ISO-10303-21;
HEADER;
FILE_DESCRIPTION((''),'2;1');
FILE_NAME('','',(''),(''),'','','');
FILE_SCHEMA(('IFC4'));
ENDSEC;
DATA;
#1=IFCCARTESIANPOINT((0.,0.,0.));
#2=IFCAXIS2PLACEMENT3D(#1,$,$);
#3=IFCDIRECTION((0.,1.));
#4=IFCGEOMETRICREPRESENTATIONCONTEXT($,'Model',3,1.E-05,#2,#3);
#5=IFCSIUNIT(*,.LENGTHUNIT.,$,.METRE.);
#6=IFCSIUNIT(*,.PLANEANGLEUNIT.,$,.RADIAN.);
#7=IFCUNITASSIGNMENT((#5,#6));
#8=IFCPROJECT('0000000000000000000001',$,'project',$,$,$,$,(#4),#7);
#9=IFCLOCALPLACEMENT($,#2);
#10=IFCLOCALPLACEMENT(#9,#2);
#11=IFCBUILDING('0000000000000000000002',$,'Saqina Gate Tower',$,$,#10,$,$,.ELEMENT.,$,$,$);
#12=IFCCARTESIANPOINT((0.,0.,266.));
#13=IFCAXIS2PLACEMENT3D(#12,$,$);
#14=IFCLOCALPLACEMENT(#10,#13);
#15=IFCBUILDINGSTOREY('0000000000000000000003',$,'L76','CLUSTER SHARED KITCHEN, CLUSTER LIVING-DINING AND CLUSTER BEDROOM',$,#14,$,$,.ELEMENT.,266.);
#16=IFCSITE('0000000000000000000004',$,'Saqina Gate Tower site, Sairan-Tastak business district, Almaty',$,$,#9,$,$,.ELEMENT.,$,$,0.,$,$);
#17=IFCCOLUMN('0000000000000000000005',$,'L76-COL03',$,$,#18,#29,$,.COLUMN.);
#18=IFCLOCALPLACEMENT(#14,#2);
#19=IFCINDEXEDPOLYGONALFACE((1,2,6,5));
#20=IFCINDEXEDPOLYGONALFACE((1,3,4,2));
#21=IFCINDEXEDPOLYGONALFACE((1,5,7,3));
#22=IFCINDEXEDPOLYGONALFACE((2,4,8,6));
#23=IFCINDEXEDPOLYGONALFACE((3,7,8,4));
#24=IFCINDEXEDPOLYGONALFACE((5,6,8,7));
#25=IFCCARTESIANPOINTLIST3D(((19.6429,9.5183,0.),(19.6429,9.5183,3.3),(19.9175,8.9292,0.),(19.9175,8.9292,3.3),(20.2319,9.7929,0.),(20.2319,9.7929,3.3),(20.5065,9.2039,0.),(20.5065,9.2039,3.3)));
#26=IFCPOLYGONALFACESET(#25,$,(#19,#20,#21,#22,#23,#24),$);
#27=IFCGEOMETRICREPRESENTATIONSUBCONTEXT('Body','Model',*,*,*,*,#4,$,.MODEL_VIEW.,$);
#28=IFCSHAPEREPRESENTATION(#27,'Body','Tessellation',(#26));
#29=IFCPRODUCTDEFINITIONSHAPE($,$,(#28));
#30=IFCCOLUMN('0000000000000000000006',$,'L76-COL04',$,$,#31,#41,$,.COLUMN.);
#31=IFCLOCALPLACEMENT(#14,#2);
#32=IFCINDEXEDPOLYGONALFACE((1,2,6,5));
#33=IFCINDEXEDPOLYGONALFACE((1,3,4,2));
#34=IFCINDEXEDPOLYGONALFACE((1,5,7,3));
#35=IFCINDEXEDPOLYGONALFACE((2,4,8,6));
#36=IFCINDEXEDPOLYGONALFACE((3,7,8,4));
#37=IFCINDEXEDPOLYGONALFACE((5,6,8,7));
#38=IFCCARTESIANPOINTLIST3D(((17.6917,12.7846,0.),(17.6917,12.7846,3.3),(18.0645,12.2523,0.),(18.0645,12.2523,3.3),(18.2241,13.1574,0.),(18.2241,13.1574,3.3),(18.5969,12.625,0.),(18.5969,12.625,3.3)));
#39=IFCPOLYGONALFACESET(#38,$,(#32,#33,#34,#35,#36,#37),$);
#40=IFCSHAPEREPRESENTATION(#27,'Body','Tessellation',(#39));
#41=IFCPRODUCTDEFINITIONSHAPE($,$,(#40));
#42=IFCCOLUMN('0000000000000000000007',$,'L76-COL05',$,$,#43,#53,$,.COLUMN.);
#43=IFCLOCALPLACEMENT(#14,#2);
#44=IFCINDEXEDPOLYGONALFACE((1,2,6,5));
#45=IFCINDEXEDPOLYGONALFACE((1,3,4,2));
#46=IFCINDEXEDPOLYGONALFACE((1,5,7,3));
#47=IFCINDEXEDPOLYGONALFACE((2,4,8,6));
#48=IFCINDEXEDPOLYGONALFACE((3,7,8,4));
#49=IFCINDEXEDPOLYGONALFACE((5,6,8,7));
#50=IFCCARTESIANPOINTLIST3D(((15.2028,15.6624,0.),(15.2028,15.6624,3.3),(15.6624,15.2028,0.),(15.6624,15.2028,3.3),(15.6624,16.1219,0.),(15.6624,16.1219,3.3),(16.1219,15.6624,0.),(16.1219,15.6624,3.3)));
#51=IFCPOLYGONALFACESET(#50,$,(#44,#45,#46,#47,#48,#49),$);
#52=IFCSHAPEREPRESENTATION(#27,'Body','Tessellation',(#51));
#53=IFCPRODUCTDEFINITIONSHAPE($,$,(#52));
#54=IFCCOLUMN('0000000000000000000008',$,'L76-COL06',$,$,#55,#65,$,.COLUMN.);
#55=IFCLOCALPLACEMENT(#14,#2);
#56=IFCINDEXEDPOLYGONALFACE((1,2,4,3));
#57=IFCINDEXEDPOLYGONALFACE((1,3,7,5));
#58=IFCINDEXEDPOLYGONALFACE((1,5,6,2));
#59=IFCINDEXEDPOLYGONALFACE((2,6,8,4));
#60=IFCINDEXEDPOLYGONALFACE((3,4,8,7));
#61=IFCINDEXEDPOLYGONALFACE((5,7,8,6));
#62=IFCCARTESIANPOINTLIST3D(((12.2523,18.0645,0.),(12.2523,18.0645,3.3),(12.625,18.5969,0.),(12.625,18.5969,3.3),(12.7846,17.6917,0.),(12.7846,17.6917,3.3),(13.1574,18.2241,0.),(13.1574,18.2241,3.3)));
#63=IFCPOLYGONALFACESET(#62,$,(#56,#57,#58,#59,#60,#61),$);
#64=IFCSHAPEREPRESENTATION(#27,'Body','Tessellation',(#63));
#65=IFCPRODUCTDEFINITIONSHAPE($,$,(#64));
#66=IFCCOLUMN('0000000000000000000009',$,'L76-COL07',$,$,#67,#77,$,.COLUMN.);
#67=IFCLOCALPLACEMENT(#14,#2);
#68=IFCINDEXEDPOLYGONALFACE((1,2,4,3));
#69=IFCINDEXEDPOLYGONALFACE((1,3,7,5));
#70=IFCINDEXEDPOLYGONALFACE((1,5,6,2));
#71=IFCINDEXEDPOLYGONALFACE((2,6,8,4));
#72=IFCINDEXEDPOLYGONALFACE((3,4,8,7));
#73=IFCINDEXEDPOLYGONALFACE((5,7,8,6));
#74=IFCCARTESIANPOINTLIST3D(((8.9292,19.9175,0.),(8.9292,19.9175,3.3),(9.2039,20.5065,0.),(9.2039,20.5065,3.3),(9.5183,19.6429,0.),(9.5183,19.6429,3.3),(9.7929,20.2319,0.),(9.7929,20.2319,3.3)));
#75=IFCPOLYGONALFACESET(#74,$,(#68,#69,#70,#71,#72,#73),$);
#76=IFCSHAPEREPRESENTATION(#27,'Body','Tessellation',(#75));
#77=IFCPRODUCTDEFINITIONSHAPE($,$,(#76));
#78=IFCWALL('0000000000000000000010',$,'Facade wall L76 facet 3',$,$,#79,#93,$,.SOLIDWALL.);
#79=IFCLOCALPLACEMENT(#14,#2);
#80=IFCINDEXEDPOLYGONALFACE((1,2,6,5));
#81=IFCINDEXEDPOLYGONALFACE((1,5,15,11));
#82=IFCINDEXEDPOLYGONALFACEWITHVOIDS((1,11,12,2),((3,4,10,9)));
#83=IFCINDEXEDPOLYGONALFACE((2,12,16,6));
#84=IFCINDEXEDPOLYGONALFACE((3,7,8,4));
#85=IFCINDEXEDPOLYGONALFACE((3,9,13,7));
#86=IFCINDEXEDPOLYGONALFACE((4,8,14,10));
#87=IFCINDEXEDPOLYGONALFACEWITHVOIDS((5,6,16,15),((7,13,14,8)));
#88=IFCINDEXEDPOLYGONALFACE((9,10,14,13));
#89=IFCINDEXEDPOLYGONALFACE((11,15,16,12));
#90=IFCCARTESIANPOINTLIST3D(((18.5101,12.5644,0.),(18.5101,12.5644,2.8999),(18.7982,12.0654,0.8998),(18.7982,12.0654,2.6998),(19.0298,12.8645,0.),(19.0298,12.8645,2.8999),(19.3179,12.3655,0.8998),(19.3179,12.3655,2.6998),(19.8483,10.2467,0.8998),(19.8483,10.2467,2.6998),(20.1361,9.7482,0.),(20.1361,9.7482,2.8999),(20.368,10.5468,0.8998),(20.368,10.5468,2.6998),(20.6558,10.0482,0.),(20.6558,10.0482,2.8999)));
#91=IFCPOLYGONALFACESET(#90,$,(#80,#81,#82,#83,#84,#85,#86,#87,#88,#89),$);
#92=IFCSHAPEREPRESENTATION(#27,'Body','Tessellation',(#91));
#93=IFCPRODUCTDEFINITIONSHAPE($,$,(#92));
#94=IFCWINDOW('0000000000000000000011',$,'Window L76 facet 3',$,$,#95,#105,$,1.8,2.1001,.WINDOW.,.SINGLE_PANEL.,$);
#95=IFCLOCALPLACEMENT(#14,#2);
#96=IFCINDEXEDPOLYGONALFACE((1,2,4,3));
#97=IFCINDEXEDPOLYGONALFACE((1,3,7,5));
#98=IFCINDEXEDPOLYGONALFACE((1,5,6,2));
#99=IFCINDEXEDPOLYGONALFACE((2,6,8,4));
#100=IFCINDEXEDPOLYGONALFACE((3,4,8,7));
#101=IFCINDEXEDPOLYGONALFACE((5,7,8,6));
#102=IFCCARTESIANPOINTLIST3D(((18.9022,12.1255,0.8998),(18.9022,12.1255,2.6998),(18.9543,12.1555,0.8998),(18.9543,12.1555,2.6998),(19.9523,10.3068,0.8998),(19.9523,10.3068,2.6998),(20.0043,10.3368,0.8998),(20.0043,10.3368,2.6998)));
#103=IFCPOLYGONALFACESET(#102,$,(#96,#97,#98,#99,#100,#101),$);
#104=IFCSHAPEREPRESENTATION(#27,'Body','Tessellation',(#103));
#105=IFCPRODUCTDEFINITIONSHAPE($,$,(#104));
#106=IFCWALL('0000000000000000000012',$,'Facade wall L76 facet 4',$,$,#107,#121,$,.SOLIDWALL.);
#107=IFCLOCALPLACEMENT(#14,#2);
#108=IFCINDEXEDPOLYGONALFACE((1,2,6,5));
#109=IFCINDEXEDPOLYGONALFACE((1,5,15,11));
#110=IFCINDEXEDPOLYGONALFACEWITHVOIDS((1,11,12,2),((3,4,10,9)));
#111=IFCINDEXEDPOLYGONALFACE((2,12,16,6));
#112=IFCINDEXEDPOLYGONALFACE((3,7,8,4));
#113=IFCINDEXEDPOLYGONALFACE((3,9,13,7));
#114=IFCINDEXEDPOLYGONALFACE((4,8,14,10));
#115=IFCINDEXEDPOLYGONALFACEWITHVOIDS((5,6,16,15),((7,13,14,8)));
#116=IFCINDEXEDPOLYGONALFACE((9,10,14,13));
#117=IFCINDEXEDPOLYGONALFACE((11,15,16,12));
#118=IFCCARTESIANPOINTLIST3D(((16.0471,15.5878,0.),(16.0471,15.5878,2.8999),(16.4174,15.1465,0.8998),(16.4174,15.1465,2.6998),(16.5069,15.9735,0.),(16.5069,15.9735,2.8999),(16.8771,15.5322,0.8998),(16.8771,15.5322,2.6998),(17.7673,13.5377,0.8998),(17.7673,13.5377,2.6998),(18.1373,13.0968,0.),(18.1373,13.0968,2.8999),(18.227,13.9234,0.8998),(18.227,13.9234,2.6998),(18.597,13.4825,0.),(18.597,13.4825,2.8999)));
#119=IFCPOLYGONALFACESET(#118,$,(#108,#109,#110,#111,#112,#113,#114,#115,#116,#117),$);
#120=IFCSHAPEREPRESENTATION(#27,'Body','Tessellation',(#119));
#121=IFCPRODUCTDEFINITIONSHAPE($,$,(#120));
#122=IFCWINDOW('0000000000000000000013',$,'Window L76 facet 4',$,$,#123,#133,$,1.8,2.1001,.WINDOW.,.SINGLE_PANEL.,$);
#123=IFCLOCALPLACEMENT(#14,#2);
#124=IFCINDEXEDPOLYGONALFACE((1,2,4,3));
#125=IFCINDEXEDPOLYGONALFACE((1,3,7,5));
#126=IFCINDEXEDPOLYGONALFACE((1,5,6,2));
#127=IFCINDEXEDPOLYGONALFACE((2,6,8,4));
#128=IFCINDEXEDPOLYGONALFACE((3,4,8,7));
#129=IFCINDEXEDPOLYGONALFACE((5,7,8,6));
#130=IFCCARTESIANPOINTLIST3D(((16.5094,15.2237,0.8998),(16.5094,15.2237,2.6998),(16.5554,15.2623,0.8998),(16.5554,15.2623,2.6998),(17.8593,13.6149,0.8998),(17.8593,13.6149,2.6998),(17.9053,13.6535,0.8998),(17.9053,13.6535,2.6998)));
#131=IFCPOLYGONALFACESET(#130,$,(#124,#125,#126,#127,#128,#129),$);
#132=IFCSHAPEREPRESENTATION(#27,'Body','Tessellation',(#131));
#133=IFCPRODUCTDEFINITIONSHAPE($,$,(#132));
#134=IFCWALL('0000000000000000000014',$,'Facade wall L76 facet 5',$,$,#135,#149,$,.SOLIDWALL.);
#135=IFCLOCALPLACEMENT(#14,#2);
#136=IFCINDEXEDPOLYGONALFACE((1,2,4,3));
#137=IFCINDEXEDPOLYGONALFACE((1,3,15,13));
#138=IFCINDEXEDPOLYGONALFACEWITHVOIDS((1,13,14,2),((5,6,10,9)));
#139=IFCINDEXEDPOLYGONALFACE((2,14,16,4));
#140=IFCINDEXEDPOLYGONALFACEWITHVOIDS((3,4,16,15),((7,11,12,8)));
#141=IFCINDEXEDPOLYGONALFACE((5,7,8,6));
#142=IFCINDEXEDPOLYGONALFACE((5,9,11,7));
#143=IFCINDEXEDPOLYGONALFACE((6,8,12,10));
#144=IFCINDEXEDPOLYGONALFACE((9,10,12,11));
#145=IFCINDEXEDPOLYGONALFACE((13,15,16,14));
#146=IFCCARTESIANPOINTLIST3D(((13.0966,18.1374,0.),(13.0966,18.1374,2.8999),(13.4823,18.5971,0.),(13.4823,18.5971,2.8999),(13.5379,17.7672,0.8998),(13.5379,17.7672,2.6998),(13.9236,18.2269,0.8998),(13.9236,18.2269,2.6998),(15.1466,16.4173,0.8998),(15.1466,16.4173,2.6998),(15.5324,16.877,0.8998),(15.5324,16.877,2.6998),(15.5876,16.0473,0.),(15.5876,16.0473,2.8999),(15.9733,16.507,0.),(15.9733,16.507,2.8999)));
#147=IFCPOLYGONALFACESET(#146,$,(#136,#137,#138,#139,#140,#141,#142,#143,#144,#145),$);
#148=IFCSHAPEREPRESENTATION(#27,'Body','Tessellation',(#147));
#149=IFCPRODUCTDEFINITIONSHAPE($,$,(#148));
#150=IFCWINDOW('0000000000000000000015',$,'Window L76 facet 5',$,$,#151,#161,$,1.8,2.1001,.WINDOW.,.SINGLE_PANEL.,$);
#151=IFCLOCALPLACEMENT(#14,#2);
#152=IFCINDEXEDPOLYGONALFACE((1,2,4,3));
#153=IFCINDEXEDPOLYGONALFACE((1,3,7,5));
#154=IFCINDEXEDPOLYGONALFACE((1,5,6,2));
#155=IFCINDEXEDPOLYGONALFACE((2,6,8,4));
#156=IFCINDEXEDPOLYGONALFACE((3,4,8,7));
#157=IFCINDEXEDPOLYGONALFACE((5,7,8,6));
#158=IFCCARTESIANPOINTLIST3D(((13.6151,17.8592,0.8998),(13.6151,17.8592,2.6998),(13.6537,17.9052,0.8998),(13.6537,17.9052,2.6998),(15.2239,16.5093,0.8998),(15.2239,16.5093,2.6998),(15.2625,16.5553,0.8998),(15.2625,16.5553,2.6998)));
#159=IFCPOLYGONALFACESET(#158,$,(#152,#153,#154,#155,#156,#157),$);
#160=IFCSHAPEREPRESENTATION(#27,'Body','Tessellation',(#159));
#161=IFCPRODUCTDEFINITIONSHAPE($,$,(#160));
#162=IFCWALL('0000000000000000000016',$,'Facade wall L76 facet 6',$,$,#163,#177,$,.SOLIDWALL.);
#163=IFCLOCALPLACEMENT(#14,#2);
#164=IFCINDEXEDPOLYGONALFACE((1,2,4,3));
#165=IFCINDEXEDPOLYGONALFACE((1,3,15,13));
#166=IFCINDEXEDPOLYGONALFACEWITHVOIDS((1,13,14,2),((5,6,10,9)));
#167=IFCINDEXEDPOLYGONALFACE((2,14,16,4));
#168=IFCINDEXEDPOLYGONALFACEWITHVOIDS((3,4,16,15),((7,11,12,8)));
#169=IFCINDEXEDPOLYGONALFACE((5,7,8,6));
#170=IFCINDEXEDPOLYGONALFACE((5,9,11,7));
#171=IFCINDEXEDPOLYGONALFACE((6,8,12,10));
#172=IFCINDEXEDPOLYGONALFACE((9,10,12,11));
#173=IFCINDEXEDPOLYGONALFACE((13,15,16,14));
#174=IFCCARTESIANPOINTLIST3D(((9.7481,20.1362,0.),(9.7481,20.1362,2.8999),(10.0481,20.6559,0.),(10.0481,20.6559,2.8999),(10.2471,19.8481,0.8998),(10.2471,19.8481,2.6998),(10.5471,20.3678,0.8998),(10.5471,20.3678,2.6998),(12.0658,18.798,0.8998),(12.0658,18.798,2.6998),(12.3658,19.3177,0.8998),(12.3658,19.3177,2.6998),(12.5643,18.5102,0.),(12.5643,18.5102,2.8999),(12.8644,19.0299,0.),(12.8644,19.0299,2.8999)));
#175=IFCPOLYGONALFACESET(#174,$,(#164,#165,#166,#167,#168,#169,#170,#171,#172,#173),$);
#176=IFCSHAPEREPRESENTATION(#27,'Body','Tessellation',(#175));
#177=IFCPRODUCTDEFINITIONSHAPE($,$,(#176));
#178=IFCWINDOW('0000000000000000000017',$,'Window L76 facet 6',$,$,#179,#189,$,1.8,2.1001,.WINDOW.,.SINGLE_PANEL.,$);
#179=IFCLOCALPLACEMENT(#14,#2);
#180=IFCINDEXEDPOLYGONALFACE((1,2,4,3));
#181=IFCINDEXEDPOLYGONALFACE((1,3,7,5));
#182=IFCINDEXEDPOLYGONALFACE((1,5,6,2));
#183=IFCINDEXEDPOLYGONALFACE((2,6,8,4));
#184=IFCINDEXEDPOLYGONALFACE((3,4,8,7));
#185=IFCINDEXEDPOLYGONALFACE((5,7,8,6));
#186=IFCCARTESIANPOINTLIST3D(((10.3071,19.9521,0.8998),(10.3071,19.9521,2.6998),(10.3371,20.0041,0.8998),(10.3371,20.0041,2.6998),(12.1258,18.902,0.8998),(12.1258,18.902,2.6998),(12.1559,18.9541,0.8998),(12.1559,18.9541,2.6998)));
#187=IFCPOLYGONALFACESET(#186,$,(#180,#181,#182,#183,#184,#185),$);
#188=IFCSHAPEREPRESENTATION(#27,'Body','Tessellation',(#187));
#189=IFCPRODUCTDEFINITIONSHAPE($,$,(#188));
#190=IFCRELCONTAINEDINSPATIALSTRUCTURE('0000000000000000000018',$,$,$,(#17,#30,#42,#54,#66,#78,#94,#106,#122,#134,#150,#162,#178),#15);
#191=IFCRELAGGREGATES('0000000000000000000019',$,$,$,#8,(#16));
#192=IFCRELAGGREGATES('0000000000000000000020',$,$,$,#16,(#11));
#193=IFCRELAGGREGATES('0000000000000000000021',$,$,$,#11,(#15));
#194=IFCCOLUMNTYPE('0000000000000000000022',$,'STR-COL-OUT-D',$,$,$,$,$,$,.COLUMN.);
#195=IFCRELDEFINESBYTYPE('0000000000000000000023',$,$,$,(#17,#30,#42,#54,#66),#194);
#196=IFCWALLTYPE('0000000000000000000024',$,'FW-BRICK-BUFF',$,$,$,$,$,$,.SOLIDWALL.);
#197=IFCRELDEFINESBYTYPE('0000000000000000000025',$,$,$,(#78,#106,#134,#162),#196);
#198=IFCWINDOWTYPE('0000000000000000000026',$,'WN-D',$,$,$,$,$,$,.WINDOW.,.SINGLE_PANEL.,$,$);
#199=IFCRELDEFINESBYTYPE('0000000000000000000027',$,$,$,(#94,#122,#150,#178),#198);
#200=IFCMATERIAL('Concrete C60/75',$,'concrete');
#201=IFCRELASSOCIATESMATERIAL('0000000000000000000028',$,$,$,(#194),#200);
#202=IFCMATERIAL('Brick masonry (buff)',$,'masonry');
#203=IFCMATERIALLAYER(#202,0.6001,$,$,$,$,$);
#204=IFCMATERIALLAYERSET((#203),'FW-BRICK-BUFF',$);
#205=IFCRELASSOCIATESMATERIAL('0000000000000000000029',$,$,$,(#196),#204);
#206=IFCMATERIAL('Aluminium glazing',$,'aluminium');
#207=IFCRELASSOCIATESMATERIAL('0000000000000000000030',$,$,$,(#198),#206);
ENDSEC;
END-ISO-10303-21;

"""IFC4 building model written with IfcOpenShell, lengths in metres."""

from ifc_helpers import new_model, si_unit, direction, frame, frame_2d, origin, origin_2d, place, context, subcontext, project, spatial, rectangle, extrude, material, layer, layer_set, material_profile, profile_set, type_object, element, fill, save


model = new_model("IFC4")

# Units and contexts
model_context = context("Model", 3, precision=1e-05, world=origin(), true_north=direction((0.0, 1.0)))
body_context = subcontext(model_context, "Body", "Model", "MODEL_VIEW")
ifc_project = project(units=[si_unit("LENGTHUNIT", "METRE"), si_unit("PLANEANGLEUNIT", "RADIAN")], contexts=[model_context])

# Site, building, storey
site_placement = place(None, origin())
site = spatial("IfcSite", under=ifc_project, at=site_placement, Name="Saqina Gate Tower site, Sairan-Tastak business district, Almaty", CompositionType="ELEMENT", RefElevation=0.0)
building_placement = place(site_placement, origin())
building = spatial("IfcBuilding", under=site, at=building_placement, Name="Saqina Gate Tower", CompositionType="ELEMENT")
storey_placement = place(building_placement, frame((0.0, 0.0, 266.0)))
storey = spatial("IfcBuildingStorey", under=building, at=storey_placement, Name="L76", Description="CLUSTER SHARED KITCHEN, CLUSTER LIVING-DINING AND CLUSTER BEDROOM", CompositionType="ELEMENT", Elevation=266.0)

# Columns
ifc_material_1 = material(Name="Concrete C60/75", Category="concrete")
ifc_material_profile = material_profile(ifc_material_1, rectangle(XDim=0.6499, YDim=0.6499, at=origin_2d()), Name="RC 650x650")
ifc_profile_set = profile_set([ifc_material_profile], Name="Concrete C60/75")
column_type = type_object("IfcColumnType", Name="STR-COL-OUT-D", PredefinedType="COLUMN", material=ifc_profile_set)
for number, where, z_axis, x_axis, name in (
    (1, (20.0747, 9.3611, 0.0), (0.0, 0.0, 1.0), (0.906308, 0.422618, 0.0), "L76-COL03"),
    (2, (18.1443, 12.7048, 0.0), (0.0, 0.0, 1.0), (0.819152, 0.573576, 0.0), "L76-COL04"),
    (3, (15.6624, 15.6624, 0.0), (0.0, 0.0, 1.0), (0.707107, 0.707107, 0.0), "L76-COL05"),
    (4, (12.7048, 18.1443, 0.0), (0.0, 0.0, 1.0), (0.573576, 0.819152, 0.0), "L76-COL06"),
    (5, (9.3611, 20.0747, 0.0), (0.0, 0.0, 1.0), (0.422618, 0.906308, 0.0), "L76-COL07"),
):
    element("IfcColumn", number, at=place(storey_placement, frame(where, z_axis=z_axis, x_axis=x_axis)), inside=storey, type_object=column_type, Name=name, PredefinedType="COLUMN", context=body_context, shape_type="SweptSolid", body=[
        extrude(rectangle(XDim=0.6499, YDim=0.6499, at=origin_2d()), origin(), (0.0, 0.0, 1.0), 3.3),
    ])

# Walls, openings, windows
ifc_material_2 = material(Name="Brick masonry (buff)", Category="masonry")
ifc_layer_1 = layer(ifc_material_2, 0.6001)
ifc_layer_set_1 = layer_set([ifc_layer_1], Name="FW-BRICK-BUFF")
wall_type_1 = type_object("IfcWallType", Name="FW-BRICK-BUFF", PredefinedType="SOLIDWALL", material=ifc_layer_set_1)
wall_1_placement = place(storey_placement, frame((20.396, 9.8982, 0.0), z_axis=(0.0, 0.0, 1.0), x_axis=(-0.500015, 0.866017, 0.0)))
wall_1 = element("IfcWall", 6, at=wall_1_placement, inside=storey, type_object=wall_type_1, Name="Facade wall L76 facet 3", PredefinedType="SOLIDWALL", context=body_context, shape_type="SweptSolid", body=[
    extrude(rectangle(XDim=3.252, YDim=0.6001, at=frame_2d((1.626, 0.0))), origin(), (0.0, 0.0, 1.0), 2.8999),
])
opening_1_placement = place(wall_1_placement, frame((0.5757, 0.0, 0.8999)))
opening_1 = element("IfcOpeningElement", 7, at=opening_1_placement, cuts=wall_1, PredefinedType="OPENING", context=body_context, shape_type="SweptSolid", body=[
    extrude(rectangle(XDim=2.1001, YDim=1.8, at=frame_2d((1.05, 0.8999))), frame((0.0, 0.312, 0.0), z_axis=(0.0, -1.0, 0.0), x_axis=(1.0, 0.0, 0.0)), (0.0, 0.0, 1.0), 0.624),
])
ifc_material_3 = material(Name="Aluminium glazing", Category="aluminium")
window_type = type_object("IfcWindowType", Name="WN-D", PartitioningType="SINGLE_PANEL", PredefinedType="WINDOW", material=ifc_material_3)
window_1_placement = place(opening_1_placement, origin())
window_1 = element("IfcWindow", 8, at=window_1_placement, inside=storey, type_object=window_type, Name="Window L76 facet 3", OverallHeight=1.8, OverallWidth=2.1001, PartitioningType="SINGLE_PANEL", PredefinedType="WINDOW", context=body_context, shape_type="SweptSolid", body=[
    extrude(rectangle(XDim=2.1001, YDim=1.8, at=frame_2d((1.05, 0.8999))), frame((0.0, 0.1799, 0.0), z_axis=(0.0, -1.0, 0.0), x_axis=(1.0, 0.0, 0.0)), (0.0, 0.0, 1.0), 0.0601),
])
fill(opening_1, window_1)
wall_2_placement = place(storey_placement, frame((18.3672, 13.2896, 0.0), z_axis=(0.0, 0.0, 1.0), x_axis=(-0.642773, 0.766057, 0.0)))
wall_2 = element("IfcWall", 9, at=wall_2_placement, inside=storey, type_object=wall_type_1, Name="Facade wall L76 facet 4", PredefinedType="SOLIDWALL", context=body_context, shape_type="SweptSolid", body=[
    extrude(rectangle(XDim=3.2517, YDim=0.6001, at=frame_2d((1.626, 0.0))), origin(), (0.0, 0.0, 1.0), 2.8999),
])
opening_2_placement = place(wall_2_placement, frame((0.5757, 0.0, 0.8999)))
opening_2 = element("IfcOpeningElement", 10, at=opening_2_placement, cuts=wall_2, PredefinedType="OPENING", context=body_context, shape_type="SweptSolid", body=[
    extrude(rectangle(XDim=2.1001, YDim=1.8, at=frame_2d((1.05, 0.8999))), frame((0.0, 0.312, 0.0), z_axis=(0.0, -1.0, 0.0), x_axis=(1.0, 0.0, 0.0)), (0.0, 0.0, 1.0), 0.624),
])
window_2_placement = place(opening_2_placement, origin())
window_2 = element("IfcWindow", 11, at=window_2_placement, inside=storey, type_object=window_type, Name="Window L76 facet 4", OverallHeight=1.8, OverallWidth=2.1001, PartitioningType="SINGLE_PANEL", PredefinedType="WINDOW", context=body_context, shape_type="SweptSolid", body=[
    extrude(rectangle(XDim=2.1001, YDim=1.8, at=frame_2d((1.05, 0.8999))), frame((0.0, 0.1799, 0.0), z_axis=(0.0, -1.0, 0.0), x_axis=(1.0, 0.0, 0.0)), (0.0, 0.0, 1.0), 0.0601),
])
fill(opening_2, window_2)
wall_3_placement = place(storey_placement, frame((15.7805, 16.2771, 0.0), z_axis=(0.0, 0.0, 1.0), x_axis=(-0.766057, 0.642773, 0.0)))
wall_3 = element("IfcWall", 12, at=wall_3_placement, inside=storey, type_object=wall_type_1, Name="Facade wall L76 facet 5", PredefinedType="SOLIDWALL", context=body_context, shape_type="SweptSolid", body=[
    extrude(rectangle(XDim=3.2517, YDim=0.6001, at=frame_2d((1.626, 0.0))), origin(), (0.0, 0.0, 1.0), 2.8999),
])
opening_3_placement = place(wall_3_placement, frame((0.5757, 0.0, 0.8999)))
opening_3 = element("IfcOpeningElement", 13, at=opening_3_placement, cuts=wall_3, PredefinedType="OPENING", context=body_context, shape_type="SweptSolid", body=[
    extrude(rectangle(XDim=2.1001, YDim=1.8, at=frame_2d((1.05, 0.8999))), frame((0.0, 0.312, 0.0), z_axis=(0.0, -1.0, 0.0), x_axis=(1.0, 0.0, 0.0)), (0.0, 0.0, 1.0), 0.624),
])
window_3_placement = place(opening_3_placement, origin())
window_3 = element("IfcWindow", 14, at=window_3_placement, inside=storey, type_object=window_type, Name="Window L76 facet 5", OverallHeight=1.8, OverallWidth=2.1001, PartitioningType="SINGLE_PANEL", PredefinedType="WINDOW", context=body_context, shape_type="SweptSolid", body=[
    extrude(rectangle(XDim=2.1001, YDim=1.8, at=frame_2d((1.05, 0.8999))), frame((0.0, 0.1799, 0.0), z_axis=(0.0, -1.0, 0.0), x_axis=(1.0, 0.0, 0.0)), (0.0, 0.0, 1.0), 0.0601),
])
fill(opening_3, window_3)
wall_4_placement = place(storey_placement, frame((12.7144, 18.77, 0.0), z_axis=(0.0, 0.0, 1.0), x_axis=(-0.866017, 0.500015, 0.0)))
wall_4 = element("IfcWall", 15, at=wall_4_placement, inside=storey, type_object=wall_type_1, Name="Facade wall L76 facet 6", PredefinedType="SOLIDWALL", context=body_context, shape_type="SweptSolid", body=[
    extrude(rectangle(XDim=3.252, YDim=0.6001, at=frame_2d((1.626, 0.0))), origin(), (0.0, 0.0, 1.0), 2.8999),
])
opening_4_placement = place(wall_4_placement, frame((0.5757, 0.0, 0.8999)))
opening_4 = element("IfcOpeningElement", 16, at=opening_4_placement, cuts=wall_4, PredefinedType="OPENING", context=body_context, shape_type="SweptSolid", body=[
    extrude(rectangle(XDim=2.1001, YDim=1.8, at=frame_2d((1.05, 0.8999))), frame((0.0, 0.312, 0.0), z_axis=(0.0, -1.0, 0.0), x_axis=(1.0, 0.0, 0.0)), (0.0, 0.0, 1.0), 0.624),
])
window_4_placement = place(opening_4_placement, origin())
window_4 = element("IfcWindow", 17, at=window_4_placement, inside=storey, type_object=window_type, Name="Window L76 facet 6", OverallHeight=1.8, OverallWidth=2.1001, PartitioningType="SINGLE_PANEL", PredefinedType="WINDOW", context=body_context, shape_type="SweptSolid", body=[
    extrude(rectangle(XDim=2.1001, YDim=1.8, at=frame_2d((1.05, 0.8999))), frame((0.0, 0.1799, 0.0), z_axis=(0.0, -1.0, 0.0), x_axis=(1.0, 0.0, 0.0)), (0.0, 0.0, 1.0), 0.0601),
])
fill(opening_4, window_4)

save(model, "model.ifc")
